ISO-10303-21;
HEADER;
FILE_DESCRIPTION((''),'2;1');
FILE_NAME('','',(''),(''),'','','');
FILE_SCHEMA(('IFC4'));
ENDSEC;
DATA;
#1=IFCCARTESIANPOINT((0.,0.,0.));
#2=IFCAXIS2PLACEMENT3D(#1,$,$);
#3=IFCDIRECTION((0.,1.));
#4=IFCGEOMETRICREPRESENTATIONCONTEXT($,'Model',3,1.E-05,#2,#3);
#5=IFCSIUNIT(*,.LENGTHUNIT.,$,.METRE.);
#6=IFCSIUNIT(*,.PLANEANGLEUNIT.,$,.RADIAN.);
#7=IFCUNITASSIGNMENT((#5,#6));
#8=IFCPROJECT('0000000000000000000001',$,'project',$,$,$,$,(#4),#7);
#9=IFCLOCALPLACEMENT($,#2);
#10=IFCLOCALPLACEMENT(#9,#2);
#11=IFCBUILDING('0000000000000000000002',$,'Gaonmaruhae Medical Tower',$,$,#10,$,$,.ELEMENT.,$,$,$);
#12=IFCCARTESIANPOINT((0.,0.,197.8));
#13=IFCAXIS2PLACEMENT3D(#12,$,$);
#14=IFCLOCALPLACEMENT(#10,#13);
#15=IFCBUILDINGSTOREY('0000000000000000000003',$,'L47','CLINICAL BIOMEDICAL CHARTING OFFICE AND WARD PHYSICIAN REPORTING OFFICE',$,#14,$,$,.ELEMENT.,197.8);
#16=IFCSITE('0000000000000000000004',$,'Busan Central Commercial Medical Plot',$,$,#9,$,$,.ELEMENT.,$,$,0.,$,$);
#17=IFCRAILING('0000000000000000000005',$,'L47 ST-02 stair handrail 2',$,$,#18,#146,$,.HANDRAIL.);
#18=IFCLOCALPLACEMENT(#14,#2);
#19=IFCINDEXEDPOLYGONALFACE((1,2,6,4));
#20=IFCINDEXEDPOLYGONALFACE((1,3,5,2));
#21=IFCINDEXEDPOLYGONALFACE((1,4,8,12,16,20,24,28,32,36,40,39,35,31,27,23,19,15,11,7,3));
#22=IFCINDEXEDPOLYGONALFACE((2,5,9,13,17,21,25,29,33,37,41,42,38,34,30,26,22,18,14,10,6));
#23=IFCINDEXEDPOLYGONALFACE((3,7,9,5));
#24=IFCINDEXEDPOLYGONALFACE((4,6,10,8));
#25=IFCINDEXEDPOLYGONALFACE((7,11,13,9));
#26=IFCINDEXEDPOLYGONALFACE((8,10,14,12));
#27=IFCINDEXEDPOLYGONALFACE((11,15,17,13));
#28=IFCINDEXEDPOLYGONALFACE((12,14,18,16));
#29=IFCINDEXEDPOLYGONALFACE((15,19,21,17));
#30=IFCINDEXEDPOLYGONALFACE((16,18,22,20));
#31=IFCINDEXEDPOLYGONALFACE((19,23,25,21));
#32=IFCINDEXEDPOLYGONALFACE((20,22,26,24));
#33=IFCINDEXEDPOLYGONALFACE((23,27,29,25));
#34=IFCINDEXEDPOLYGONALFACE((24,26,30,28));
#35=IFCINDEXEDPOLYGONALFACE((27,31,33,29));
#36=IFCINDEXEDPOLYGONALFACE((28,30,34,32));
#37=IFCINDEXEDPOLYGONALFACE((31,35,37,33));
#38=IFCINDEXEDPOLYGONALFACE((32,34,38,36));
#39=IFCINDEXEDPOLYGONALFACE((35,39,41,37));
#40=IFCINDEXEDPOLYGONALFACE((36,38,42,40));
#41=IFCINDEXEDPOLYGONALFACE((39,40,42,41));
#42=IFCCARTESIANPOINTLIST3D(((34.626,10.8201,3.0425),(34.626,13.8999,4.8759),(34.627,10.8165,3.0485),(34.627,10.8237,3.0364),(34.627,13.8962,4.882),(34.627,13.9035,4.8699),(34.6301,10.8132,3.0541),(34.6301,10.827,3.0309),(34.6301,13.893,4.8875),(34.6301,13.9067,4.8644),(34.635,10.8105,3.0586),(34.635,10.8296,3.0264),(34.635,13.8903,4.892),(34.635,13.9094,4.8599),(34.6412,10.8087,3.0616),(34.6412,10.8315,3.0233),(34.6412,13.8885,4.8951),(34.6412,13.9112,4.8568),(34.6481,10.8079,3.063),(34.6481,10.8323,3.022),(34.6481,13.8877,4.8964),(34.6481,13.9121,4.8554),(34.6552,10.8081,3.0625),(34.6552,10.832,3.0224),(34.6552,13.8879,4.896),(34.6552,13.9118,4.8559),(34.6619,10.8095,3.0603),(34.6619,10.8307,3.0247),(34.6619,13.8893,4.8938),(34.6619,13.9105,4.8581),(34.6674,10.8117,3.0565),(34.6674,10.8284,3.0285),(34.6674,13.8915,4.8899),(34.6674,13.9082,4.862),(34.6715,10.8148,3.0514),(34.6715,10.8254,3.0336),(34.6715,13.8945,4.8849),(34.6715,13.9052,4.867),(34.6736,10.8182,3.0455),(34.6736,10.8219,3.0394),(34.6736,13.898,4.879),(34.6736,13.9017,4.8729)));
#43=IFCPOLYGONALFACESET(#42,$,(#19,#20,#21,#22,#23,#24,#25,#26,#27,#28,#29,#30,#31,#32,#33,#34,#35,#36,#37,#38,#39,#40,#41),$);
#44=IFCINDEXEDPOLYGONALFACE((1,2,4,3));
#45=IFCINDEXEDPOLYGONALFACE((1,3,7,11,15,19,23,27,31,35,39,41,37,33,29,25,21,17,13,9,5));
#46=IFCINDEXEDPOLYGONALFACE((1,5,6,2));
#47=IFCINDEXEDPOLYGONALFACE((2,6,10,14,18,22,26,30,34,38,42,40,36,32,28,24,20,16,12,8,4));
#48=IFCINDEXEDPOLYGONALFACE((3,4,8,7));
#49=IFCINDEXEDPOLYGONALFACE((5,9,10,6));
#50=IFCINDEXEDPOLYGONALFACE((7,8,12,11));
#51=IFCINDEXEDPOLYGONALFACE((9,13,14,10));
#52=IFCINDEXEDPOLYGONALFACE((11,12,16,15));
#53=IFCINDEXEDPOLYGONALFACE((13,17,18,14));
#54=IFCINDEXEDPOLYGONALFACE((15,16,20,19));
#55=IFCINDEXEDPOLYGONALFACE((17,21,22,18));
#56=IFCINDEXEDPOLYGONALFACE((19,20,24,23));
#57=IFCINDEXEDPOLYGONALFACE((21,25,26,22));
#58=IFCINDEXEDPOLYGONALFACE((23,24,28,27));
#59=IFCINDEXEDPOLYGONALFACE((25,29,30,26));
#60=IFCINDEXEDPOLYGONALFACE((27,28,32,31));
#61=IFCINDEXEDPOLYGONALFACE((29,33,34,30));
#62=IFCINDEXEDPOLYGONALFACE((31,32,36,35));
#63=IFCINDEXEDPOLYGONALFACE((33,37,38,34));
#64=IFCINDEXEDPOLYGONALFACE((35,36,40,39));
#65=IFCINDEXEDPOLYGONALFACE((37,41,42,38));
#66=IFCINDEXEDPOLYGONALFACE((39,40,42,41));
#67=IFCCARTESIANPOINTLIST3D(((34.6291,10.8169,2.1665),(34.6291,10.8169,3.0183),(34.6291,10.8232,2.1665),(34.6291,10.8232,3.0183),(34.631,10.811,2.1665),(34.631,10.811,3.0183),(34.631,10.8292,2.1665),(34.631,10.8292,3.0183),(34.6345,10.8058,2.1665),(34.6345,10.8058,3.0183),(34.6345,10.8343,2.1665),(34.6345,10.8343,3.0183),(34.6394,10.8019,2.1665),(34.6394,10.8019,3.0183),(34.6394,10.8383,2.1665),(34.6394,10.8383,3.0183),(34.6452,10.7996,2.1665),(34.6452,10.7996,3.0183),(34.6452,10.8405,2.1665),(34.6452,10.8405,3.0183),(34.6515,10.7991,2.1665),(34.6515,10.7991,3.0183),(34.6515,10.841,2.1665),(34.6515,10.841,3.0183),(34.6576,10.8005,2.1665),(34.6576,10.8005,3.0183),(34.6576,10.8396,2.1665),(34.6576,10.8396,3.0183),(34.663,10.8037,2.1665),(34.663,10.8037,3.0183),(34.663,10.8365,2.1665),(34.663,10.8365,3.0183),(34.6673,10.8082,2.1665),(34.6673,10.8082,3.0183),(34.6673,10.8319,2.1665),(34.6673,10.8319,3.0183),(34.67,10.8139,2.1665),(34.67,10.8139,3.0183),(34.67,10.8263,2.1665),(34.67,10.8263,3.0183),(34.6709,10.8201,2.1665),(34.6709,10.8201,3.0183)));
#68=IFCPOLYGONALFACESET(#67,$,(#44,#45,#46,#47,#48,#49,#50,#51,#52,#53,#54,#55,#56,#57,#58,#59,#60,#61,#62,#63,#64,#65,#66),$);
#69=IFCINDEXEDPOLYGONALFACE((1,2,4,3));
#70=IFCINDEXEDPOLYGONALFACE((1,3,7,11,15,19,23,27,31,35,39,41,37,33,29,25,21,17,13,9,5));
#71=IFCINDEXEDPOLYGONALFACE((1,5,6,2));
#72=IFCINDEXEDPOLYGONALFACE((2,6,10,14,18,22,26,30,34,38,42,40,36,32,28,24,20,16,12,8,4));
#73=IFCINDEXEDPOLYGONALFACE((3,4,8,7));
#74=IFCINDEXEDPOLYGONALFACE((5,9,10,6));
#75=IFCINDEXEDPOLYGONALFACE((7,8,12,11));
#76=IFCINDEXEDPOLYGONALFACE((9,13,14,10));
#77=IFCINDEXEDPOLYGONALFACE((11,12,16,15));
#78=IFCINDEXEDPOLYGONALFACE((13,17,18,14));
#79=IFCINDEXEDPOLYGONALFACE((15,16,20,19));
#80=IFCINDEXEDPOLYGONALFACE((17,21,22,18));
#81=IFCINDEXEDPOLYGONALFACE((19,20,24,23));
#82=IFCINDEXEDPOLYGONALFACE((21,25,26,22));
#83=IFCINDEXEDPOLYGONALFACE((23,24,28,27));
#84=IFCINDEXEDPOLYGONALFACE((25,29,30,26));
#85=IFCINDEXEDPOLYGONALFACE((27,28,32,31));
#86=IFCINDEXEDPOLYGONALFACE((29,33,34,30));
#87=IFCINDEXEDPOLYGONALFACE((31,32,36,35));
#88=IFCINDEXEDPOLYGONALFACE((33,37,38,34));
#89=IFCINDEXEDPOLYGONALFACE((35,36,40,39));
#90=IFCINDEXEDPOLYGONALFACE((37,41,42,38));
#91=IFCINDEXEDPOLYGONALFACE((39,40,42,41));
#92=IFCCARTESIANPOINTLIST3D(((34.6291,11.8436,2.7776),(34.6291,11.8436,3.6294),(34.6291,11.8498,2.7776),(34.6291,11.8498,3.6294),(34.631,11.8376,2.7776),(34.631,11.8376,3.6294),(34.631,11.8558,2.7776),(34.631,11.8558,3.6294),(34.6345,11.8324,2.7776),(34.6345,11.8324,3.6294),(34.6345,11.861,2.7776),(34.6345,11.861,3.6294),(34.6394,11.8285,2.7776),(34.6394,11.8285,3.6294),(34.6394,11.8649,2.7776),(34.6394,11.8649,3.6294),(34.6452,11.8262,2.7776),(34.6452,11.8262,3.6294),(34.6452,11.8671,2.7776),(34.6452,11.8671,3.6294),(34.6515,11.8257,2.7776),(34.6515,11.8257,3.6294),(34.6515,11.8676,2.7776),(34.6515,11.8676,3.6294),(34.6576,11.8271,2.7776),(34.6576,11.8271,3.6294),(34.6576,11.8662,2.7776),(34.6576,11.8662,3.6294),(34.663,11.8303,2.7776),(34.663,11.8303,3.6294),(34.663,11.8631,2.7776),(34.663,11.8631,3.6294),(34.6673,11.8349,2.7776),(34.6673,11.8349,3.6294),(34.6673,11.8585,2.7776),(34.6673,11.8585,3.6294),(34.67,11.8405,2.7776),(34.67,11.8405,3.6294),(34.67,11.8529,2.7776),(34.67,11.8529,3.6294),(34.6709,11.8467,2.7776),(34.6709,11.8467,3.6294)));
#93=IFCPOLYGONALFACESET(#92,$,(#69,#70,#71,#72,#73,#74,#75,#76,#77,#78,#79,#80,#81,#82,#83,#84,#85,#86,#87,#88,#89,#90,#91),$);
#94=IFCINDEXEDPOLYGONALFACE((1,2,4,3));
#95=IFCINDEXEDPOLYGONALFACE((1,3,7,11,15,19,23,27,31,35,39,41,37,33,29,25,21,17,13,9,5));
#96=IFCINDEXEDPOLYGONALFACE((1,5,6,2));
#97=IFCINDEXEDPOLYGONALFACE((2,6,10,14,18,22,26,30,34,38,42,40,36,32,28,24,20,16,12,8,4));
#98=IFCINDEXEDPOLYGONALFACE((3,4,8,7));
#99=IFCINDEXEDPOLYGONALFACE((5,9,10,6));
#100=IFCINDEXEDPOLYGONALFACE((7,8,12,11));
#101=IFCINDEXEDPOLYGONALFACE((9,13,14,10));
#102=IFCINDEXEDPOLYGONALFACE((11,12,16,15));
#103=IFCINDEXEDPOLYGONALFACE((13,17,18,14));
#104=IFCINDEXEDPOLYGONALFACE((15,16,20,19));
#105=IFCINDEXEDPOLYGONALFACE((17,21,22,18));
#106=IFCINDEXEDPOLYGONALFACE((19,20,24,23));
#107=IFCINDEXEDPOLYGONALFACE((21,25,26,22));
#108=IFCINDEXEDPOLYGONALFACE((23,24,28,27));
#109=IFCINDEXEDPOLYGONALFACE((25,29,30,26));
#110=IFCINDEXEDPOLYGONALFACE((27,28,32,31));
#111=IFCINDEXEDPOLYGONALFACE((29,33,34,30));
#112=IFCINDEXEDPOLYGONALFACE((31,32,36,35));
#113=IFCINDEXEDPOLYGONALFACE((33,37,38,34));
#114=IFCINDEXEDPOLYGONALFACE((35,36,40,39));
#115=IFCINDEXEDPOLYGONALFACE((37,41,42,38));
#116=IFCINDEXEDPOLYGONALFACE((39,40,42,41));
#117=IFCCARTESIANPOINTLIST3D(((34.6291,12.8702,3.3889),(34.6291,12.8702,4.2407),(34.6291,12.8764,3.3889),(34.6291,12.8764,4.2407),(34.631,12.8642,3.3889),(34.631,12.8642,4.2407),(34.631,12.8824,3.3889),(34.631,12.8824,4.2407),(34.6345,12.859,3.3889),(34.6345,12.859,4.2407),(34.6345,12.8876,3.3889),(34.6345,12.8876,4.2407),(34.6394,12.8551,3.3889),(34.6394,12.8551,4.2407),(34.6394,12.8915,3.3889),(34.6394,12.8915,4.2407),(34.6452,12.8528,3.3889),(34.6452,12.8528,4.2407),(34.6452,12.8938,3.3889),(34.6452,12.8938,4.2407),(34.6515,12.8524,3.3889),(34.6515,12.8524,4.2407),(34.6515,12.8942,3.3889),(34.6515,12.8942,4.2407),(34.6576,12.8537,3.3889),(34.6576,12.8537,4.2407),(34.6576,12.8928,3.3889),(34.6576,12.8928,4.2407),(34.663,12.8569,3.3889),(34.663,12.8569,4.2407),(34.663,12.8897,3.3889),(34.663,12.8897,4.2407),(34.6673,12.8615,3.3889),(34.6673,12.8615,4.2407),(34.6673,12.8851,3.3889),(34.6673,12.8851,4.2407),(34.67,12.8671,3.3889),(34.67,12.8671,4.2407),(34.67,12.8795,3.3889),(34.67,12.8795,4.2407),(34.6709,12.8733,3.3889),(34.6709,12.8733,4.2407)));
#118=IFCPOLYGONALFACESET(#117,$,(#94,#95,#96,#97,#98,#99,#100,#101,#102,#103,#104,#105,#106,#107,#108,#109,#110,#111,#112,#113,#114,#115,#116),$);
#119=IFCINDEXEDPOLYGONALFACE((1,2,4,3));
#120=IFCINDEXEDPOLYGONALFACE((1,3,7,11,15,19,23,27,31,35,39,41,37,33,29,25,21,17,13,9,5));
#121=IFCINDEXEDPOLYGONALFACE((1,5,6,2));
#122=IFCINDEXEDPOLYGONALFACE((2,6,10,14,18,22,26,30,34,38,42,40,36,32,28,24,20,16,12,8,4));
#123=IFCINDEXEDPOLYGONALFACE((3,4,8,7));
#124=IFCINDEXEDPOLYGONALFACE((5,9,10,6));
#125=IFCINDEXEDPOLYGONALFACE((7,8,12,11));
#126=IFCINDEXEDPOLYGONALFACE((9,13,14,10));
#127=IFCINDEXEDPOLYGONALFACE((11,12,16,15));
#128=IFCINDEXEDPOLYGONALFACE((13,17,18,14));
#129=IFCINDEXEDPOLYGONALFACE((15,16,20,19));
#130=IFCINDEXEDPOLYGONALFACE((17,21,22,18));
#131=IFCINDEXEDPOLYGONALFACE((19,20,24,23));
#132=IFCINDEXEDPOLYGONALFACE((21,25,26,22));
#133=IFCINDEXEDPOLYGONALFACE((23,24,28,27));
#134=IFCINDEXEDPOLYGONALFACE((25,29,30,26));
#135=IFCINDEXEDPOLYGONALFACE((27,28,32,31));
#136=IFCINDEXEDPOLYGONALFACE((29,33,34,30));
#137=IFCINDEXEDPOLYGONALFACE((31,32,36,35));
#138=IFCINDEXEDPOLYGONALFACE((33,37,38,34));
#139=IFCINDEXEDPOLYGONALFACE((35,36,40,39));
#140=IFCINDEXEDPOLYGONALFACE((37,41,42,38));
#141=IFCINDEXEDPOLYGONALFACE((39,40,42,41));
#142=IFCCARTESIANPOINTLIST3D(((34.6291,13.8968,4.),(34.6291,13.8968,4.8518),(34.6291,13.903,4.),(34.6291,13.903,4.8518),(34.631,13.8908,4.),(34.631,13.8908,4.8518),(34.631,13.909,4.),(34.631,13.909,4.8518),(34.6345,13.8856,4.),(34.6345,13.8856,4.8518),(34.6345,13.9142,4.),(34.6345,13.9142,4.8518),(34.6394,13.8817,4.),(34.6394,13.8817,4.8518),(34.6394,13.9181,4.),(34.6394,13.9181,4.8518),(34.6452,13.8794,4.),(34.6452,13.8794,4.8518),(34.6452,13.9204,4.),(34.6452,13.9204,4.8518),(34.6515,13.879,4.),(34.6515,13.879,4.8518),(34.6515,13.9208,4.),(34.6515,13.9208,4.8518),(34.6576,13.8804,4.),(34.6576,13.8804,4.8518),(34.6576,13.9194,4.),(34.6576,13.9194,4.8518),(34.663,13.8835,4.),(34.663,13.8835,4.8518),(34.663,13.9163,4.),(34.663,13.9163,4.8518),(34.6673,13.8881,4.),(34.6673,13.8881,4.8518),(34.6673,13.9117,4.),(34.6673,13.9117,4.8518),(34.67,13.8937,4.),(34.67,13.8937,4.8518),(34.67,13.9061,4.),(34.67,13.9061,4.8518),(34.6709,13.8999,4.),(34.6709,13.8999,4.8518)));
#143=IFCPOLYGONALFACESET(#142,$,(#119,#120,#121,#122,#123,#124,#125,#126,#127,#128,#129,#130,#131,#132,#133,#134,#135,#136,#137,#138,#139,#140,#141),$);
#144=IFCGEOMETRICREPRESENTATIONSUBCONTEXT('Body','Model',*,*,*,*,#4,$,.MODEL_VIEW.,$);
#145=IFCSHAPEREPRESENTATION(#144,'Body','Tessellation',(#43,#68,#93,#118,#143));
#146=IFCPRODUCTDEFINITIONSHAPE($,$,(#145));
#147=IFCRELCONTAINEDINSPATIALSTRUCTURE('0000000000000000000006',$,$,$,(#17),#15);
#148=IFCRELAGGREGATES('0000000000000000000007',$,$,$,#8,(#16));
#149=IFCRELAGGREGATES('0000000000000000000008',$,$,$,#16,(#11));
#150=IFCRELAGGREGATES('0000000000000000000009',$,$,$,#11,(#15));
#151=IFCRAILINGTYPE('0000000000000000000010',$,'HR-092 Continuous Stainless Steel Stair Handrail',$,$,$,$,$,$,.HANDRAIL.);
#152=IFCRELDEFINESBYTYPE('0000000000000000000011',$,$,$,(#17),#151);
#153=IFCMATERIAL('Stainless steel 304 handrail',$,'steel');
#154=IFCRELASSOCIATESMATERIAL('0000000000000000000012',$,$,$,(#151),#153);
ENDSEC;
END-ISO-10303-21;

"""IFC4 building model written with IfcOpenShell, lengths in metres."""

from ifc_helpers import new_model, si_unit, direction, frame, origin, origin_2d, place, context, subcontext, project, spatial, circle, extrude, material, type_object, element, save


model = new_model("IFC4")

# Units and contexts
model_context = context("Model", 3, precision=1e-05, world=origin(), true_north=direction((0.0, 1.0)))
body_context = subcontext(model_context, "Body", "Model", "MODEL_VIEW")
ifc_project = project(units=[si_unit("LENGTHUNIT", "METRE"), si_unit("PLANEANGLEUNIT", "RADIAN")], contexts=[model_context])

# Site, building, storey
site_placement = place(None, origin())
site = spatial("IfcSite", under=ifc_project, at=site_placement, Name="Busan Central Commercial Medical Plot", CompositionType="ELEMENT", RefElevation=0.0)
building_placement = place(site_placement, origin())
building = spatial("IfcBuilding", under=site, at=building_placement, Name="Gaonmaruhae Medical Tower", CompositionType="ELEMENT")
storey_placement = place(building_placement, frame((0.0, 0.0, 197.8)))
storey = spatial("IfcBuildingStorey", under=building, at=storey_placement, Name="L47", Description="CLINICAL BIOMEDICAL CHARTING OFFICE AND WARD PHYSICIAN REPORTING OFFICE", CompositionType="ELEMENT", Elevation=197.8)

# Railing
ifc_material_1 = material(Name="Stainless steel 304 handrail", Category="steel")
railing_type_1 = type_object("IfcRailingType", Name="HR-092 Continuous Stainless Steel Stair Handrail", PredefinedType="HANDRAIL", material=ifc_material_1)
railing_1_placement = place(storey_placement, frame((34.6499, 10.8201, 2.1665)))
element("IfcRailing", 1, at=railing_1_placement, inside=storey, type_object=railing_type_1, Name="L47 ST-02 stair handrail 2", PredefinedType="HANDRAIL", context=body_context, shape_type="SweptSolid", body=[
    extrude(circle(Radius=0.0239, at=origin_2d()), frame((0.0, 0.0, 0.876), z_axis=(0.0, 0.859261, 0.511538), x_axis=(-1.0, 0.0, 0.0)), (0.0, 0.0, 1.0), 3.5842),
    extrude(circle(Radius=0.021, at=origin_2d()), origin(), (0.0, 0.0, 1.0), 0.8518),
    extrude(circle(Radius=0.021, at=origin_2d()), frame((0.0, 1.0266, 0.6111)), (0.0, 0.0, 1.0), 0.8518),
    extrude(circle(Radius=0.021, at=origin_2d()), frame((0.0, 2.0532, 1.2224)), (0.0, 0.0, 1.0), 0.8518),
    extrude(circle(Radius=0.021, at=origin_2d()), frame((0.0, 3.0798, 1.8335)), (0.0, 0.0, 1.0), 0.8518),
])

save(model, "model.ifc")
